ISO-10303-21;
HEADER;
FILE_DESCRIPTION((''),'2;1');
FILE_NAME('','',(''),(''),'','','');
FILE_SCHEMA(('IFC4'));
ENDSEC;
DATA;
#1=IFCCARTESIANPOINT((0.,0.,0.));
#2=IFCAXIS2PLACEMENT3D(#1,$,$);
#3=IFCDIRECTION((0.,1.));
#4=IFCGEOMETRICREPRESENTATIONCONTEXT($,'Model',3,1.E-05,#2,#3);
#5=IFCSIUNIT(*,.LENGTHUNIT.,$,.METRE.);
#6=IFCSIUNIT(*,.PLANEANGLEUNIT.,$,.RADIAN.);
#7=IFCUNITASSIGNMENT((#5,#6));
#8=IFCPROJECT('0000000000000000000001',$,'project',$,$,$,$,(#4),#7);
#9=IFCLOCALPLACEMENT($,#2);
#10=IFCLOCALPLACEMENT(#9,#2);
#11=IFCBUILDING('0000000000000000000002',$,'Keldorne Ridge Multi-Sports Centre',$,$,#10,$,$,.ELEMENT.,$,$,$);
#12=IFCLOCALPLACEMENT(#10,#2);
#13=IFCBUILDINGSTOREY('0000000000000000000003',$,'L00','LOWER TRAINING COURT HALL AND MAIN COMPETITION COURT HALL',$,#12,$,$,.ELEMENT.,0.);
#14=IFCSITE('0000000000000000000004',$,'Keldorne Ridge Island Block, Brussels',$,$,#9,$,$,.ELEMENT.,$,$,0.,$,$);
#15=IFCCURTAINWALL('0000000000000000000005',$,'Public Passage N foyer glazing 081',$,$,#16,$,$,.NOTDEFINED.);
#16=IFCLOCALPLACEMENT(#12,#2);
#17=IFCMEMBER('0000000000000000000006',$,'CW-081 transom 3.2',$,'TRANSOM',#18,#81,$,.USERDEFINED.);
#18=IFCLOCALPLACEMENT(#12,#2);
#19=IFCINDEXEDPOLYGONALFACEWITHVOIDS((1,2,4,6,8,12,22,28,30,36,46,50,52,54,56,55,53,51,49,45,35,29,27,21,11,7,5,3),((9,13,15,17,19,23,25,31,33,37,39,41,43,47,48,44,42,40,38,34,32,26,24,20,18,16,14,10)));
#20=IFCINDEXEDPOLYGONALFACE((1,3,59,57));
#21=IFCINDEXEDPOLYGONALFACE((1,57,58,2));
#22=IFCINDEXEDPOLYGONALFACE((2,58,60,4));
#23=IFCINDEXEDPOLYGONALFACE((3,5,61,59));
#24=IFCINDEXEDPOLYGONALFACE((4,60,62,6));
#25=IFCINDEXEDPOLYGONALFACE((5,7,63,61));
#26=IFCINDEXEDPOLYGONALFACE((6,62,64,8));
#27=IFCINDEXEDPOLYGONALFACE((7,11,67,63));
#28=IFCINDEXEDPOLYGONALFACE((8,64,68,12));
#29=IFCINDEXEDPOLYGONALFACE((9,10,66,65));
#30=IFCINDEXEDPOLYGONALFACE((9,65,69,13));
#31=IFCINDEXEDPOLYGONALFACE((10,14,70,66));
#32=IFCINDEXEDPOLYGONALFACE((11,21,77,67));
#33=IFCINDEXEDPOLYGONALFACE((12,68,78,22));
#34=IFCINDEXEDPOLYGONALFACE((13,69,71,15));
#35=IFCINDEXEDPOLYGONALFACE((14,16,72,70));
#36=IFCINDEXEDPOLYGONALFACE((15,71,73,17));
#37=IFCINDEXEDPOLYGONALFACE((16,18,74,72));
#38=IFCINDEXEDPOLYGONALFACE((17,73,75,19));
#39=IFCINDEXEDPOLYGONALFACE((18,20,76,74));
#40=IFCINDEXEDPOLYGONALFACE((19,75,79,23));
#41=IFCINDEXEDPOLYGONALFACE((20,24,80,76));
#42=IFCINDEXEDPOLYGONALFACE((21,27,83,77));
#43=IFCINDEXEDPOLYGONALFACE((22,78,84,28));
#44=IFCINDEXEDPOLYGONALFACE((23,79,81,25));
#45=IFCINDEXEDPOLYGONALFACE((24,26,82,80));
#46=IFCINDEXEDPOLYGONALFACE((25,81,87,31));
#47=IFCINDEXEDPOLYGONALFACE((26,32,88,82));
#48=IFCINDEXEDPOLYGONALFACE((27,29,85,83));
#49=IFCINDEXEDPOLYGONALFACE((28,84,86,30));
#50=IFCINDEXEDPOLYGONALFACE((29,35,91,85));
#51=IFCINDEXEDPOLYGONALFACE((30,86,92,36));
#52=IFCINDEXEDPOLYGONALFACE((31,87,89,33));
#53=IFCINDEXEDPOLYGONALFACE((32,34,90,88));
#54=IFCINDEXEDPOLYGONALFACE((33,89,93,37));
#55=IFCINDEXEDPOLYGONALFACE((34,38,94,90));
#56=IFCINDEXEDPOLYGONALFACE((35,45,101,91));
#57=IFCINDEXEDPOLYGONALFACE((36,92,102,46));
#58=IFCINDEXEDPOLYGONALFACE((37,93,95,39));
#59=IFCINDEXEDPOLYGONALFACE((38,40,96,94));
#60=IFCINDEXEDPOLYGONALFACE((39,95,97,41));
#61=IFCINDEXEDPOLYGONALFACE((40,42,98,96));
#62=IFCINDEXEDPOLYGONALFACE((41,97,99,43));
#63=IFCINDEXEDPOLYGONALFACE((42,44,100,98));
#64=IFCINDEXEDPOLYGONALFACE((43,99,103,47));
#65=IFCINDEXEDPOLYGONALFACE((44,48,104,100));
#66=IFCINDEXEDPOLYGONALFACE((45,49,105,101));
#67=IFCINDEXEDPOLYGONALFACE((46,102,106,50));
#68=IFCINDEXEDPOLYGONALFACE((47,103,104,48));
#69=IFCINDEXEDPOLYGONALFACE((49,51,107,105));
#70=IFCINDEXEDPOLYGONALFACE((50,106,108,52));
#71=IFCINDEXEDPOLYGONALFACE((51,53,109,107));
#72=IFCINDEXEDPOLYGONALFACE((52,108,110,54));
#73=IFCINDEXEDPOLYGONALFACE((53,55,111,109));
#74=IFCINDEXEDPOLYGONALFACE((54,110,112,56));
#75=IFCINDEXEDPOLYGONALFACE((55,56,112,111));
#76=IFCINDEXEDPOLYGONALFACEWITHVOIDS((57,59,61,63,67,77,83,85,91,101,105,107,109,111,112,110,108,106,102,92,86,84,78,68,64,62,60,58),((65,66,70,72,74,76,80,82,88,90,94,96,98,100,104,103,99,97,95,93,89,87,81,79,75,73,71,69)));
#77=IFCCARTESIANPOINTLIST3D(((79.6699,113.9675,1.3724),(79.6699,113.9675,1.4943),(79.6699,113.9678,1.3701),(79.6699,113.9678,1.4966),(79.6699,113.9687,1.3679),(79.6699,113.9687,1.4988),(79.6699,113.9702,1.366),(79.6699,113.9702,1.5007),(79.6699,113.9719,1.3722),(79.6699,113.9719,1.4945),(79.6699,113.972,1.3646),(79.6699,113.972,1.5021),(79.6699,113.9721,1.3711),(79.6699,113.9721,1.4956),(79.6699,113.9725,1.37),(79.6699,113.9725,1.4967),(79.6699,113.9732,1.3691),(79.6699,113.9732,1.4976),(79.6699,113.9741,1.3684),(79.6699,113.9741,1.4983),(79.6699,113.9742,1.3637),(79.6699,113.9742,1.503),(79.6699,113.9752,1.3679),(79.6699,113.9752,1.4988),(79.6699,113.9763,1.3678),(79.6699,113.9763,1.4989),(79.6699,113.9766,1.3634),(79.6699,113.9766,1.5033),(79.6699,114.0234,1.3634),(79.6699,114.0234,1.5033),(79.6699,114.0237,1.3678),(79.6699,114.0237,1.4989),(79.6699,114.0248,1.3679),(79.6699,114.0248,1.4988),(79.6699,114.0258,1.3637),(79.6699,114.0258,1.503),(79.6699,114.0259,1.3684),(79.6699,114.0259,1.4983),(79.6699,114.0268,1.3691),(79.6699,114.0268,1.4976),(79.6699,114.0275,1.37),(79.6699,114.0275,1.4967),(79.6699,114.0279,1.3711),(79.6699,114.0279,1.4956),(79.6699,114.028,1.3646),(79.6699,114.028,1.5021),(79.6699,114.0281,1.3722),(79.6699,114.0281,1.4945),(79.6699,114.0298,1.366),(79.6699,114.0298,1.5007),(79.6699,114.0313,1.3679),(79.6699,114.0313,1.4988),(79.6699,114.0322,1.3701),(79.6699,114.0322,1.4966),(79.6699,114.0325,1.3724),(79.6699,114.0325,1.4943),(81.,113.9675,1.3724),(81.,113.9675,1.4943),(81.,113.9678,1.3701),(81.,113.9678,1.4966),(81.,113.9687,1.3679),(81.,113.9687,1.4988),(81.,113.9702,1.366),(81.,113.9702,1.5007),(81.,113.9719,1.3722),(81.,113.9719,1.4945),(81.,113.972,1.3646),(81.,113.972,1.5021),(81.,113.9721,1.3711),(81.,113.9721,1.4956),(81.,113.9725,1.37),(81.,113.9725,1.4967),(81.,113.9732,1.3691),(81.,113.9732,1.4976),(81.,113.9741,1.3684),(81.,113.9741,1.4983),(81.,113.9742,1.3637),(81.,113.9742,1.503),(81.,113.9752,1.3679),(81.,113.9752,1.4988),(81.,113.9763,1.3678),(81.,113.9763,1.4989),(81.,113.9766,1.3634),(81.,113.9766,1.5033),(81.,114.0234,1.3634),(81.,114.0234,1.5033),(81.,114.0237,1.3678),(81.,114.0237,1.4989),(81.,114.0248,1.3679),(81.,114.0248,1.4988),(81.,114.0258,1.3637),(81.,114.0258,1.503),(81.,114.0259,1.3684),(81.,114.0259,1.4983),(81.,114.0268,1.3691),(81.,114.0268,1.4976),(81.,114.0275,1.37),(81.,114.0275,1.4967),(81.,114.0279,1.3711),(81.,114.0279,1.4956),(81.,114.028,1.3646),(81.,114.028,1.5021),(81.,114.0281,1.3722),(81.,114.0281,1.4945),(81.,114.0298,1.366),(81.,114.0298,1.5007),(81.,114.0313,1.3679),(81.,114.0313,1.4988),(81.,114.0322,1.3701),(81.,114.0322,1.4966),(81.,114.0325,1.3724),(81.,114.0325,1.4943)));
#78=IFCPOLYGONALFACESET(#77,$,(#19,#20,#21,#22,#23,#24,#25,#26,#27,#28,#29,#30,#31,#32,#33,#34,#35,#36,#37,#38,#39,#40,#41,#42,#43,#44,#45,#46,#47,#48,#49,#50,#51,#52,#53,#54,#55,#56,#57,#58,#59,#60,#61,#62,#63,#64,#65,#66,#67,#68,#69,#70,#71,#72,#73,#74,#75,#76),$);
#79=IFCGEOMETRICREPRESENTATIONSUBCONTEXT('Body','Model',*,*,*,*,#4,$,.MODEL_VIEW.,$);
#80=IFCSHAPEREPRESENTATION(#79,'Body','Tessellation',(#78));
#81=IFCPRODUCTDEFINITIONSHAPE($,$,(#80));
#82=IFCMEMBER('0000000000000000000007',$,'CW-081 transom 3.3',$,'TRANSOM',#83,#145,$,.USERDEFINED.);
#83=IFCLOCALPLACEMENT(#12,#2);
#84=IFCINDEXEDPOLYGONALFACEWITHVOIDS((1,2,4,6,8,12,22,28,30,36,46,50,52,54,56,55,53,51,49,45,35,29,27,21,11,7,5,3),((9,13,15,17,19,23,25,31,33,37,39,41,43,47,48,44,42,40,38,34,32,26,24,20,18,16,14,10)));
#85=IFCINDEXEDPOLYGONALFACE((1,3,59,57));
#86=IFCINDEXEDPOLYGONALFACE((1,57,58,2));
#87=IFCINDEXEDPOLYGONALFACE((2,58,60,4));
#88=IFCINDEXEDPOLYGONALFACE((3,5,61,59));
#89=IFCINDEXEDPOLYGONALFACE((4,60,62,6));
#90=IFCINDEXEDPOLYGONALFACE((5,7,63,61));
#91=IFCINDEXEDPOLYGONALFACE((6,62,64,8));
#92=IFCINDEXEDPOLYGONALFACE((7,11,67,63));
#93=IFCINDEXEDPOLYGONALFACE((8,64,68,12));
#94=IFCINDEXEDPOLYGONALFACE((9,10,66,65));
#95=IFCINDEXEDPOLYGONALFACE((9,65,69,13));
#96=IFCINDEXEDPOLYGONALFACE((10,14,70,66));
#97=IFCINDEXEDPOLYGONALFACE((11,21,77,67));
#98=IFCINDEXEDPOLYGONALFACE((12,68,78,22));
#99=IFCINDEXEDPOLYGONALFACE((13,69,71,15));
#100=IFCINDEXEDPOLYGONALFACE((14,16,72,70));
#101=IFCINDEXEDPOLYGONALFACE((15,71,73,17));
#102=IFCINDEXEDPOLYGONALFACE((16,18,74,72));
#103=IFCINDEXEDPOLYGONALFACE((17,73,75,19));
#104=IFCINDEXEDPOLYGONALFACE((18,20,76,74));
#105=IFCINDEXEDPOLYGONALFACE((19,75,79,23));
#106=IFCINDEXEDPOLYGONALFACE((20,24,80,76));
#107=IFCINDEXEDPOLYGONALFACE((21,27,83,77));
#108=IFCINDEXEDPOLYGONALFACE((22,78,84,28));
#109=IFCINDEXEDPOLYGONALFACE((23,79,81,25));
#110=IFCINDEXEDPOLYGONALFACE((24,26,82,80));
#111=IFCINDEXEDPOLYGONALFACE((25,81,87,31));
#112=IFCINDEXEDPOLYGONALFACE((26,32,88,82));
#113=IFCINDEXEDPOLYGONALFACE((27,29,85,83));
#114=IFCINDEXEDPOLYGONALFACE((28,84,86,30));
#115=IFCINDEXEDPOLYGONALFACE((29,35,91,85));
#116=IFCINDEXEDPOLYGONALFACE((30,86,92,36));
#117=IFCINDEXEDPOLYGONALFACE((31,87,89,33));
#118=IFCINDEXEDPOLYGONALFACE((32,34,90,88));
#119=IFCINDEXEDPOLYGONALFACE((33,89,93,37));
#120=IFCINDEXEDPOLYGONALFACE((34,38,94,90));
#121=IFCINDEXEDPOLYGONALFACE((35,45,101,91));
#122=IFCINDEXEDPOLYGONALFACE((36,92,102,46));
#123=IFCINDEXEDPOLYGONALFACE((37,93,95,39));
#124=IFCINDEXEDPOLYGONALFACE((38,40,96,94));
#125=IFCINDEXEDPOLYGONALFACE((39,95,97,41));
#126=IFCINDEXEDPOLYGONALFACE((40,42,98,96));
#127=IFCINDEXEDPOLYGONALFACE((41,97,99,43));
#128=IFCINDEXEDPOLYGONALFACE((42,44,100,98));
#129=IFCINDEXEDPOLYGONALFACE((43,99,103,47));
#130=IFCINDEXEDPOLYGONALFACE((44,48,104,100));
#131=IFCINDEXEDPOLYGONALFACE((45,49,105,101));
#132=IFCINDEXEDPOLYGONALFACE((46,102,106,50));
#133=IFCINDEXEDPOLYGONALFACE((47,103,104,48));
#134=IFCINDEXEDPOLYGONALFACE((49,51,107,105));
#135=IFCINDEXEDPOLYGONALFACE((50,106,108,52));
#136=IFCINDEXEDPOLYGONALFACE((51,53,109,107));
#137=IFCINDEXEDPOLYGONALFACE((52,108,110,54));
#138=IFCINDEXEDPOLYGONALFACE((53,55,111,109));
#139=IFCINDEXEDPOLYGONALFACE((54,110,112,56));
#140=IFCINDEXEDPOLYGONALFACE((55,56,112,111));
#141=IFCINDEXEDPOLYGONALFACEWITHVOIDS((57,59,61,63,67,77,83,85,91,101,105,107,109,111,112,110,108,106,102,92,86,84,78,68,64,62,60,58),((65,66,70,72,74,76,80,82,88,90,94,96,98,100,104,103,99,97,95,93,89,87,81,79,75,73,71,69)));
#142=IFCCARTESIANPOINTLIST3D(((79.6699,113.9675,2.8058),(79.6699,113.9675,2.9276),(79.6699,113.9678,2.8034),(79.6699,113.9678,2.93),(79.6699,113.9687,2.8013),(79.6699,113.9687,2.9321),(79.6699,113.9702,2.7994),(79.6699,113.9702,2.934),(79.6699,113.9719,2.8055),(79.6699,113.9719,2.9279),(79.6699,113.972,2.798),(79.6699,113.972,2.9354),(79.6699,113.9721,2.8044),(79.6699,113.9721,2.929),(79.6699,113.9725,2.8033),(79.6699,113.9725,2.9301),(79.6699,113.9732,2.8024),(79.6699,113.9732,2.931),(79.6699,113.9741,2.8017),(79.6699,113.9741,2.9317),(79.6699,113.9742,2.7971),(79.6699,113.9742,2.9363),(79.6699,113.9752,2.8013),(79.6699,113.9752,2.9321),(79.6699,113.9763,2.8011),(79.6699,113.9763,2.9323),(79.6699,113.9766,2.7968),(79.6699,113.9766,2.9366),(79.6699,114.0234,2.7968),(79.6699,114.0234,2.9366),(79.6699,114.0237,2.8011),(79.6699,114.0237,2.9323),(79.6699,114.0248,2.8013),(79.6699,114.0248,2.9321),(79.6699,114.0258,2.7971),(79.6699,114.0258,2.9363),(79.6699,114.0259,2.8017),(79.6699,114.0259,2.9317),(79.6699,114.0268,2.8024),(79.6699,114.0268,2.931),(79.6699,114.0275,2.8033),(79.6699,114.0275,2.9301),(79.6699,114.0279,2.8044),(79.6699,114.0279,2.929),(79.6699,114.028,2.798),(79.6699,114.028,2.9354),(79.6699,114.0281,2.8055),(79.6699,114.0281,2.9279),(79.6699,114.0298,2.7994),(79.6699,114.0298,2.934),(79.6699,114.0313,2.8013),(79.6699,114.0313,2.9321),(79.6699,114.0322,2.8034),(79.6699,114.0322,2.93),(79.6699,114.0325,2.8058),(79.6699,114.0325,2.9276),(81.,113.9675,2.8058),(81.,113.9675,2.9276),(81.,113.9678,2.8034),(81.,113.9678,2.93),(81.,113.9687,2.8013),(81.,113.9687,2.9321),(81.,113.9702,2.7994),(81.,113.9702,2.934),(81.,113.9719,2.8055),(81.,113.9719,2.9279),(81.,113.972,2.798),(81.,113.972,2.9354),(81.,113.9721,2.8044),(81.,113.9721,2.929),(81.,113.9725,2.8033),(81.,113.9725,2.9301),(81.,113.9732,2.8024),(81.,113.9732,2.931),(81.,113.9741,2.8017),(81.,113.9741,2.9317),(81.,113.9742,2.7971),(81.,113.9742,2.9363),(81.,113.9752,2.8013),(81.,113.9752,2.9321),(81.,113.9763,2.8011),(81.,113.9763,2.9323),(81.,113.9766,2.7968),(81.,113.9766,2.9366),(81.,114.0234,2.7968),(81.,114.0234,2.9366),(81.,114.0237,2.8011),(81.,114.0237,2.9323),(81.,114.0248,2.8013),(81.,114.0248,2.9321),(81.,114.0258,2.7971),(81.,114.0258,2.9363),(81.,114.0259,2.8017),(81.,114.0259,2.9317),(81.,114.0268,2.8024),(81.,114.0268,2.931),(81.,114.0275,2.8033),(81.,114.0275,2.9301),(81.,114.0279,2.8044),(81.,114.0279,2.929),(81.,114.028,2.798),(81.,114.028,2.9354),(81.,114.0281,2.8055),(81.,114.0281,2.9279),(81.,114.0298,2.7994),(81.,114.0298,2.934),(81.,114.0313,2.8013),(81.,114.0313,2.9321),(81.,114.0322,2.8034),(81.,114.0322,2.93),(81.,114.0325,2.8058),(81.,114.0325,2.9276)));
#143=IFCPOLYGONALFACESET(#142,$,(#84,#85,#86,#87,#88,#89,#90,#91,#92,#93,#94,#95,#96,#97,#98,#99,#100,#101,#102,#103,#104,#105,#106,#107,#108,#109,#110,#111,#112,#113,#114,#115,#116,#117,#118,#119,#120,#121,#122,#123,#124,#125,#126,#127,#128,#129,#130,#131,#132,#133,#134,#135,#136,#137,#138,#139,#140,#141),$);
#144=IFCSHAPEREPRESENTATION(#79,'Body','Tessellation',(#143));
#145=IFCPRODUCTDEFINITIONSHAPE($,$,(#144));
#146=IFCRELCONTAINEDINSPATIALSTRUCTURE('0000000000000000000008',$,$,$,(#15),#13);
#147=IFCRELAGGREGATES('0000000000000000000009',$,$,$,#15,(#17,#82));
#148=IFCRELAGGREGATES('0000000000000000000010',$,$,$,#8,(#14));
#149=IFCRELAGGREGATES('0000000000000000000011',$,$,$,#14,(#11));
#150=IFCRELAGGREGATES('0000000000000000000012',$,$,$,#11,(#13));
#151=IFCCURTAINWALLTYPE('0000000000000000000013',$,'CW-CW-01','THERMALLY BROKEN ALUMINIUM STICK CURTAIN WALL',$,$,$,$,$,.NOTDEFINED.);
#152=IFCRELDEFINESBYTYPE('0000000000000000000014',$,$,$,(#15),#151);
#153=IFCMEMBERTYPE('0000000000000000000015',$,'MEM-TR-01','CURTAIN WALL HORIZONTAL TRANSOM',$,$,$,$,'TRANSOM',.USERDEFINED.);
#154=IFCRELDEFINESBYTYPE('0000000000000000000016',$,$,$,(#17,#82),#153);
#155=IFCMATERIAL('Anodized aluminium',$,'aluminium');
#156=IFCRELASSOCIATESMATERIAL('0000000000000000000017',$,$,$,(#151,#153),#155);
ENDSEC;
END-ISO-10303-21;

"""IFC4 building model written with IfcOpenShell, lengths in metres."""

from ifc_helpers import new_model, si_unit, direction, frame, origin, origin_2d, place, context, subcontext, project, spatial, hollow_rectangle, extrude, material, material_profile, profile_set, type_object, element, aggregate, save


model = new_model("IFC4")

# Units and contexts
model_context = context("Model", 3, precision=1e-05, world=origin(), true_north=direction((0.0, 1.0)))
body_context = subcontext(model_context, "Body", "Model", "MODEL_VIEW")
ifc_project = project(units=[si_unit("LENGTHUNIT", "METRE"), si_unit("PLANEANGLEUNIT", "RADIAN")], contexts=[model_context])

# Site, building, storey
site_placement = place(None, origin())
site = spatial("IfcSite", under=ifc_project, at=site_placement, Name="Keldorne Ridge Island Block, Brussels", CompositionType="ELEMENT", RefElevation=0.0)
building_placement = place(site_placement, origin())
building = spatial("IfcBuilding", under=site, at=building_placement, Name="Keldorne Ridge Multi-Sports Centre", CompositionType="ELEMENT")
storey_placement = place(building_placement, origin())
storey = spatial("IfcBuildingStorey", under=building, at=storey_placement, Name="L00", Description="LOWER TRAINING COURT HALL AND MAIN COMPETITION COURT HALL", CompositionType="ELEMENT", Elevation=0.0)

# Curtain wall, members
ifc_material_1 = material(Name="Anodized aluminium", Category="aluminium")
curtain_wall_type = type_object("IfcCurtainWallType", Name="CW-CW-01", Description="THERMALLY BROKEN ALUMINIUM STICK CURTAIN WALL", PredefinedType="NOTDEFINED", material=ifc_material_1)
curtain_wall_placement = place(storey_placement, origin())
curtain_wall = element("IfcCurtainWall", 1, at=curtain_wall_placement, inside=storey, type_object=curtain_wall_type, Name="Public Passage N foyer glazing 081", PredefinedType="NOTDEFINED")
ifc_material_profile_1 = material_profile(ifc_material_1, hollow_rectangle(XDim=0.0649, YDim=0.1399, WallThickness=0.0044, InnerFilletRadius=0.0044, OuterFilletRadius=0.009, at=origin_2d()), Name="ALU TRANSOM 140x65x4.5")
ifc_profile_set_1 = profile_set([ifc_material_profile_1], Name="Anodized aluminium")
member_type_1 = type_object("IfcMemberType", Name="MEM-TR-01", Description="CURTAIN WALL HORIZONTAL TRANSOM", ElementType="TRANSOM", PredefinedType="USERDEFINED", material=ifc_profile_set_1)
member_1_placement = place(storey_placement, frame((81.0, 114.0, 1.4333), z_axis=(-1.0, 0.0, 0.0), x_axis=(0.0, -1.0, 0.0)))
member_1 = element("IfcMember", 2, at=member_1_placement, type_object=member_type_1, Name="CW-081 transom 3.2", ObjectType="TRANSOM", PredefinedType="USERDEFINED", context=body_context, shape_type="SweptSolid", body=[
    extrude(hollow_rectangle(XDim=0.0649, YDim=0.1399, WallThickness=0.0044, InnerFilletRadius=0.0044, OuterFilletRadius=0.009, at=origin_2d()), origin(), (0.0, 0.0, 1.0), 1.3301),
])
member_2_placement = place(storey_placement, frame((81.0, 114.0, 2.8667), z_axis=(-1.0, 0.0, 0.0), x_axis=(0.0, -1.0, 0.0)))
member_2 = element("IfcMember", 3, at=member_2_placement, type_object=member_type_1, Name="CW-081 transom 3.3", ObjectType="TRANSOM", PredefinedType="USERDEFINED", context=body_context, shape_type="SweptSolid", body=[
    extrude(hollow_rectangle(XDim=0.0649, YDim=0.1399, WallThickness=0.0044, InnerFilletRadius=0.0044, OuterFilletRadius=0.009, at=origin_2d()), origin(), (0.0, 0.0, 1.0), 1.3301),
])
aggregate(curtain_wall, [member_1, member_2])

save(model, "model.ifc")
